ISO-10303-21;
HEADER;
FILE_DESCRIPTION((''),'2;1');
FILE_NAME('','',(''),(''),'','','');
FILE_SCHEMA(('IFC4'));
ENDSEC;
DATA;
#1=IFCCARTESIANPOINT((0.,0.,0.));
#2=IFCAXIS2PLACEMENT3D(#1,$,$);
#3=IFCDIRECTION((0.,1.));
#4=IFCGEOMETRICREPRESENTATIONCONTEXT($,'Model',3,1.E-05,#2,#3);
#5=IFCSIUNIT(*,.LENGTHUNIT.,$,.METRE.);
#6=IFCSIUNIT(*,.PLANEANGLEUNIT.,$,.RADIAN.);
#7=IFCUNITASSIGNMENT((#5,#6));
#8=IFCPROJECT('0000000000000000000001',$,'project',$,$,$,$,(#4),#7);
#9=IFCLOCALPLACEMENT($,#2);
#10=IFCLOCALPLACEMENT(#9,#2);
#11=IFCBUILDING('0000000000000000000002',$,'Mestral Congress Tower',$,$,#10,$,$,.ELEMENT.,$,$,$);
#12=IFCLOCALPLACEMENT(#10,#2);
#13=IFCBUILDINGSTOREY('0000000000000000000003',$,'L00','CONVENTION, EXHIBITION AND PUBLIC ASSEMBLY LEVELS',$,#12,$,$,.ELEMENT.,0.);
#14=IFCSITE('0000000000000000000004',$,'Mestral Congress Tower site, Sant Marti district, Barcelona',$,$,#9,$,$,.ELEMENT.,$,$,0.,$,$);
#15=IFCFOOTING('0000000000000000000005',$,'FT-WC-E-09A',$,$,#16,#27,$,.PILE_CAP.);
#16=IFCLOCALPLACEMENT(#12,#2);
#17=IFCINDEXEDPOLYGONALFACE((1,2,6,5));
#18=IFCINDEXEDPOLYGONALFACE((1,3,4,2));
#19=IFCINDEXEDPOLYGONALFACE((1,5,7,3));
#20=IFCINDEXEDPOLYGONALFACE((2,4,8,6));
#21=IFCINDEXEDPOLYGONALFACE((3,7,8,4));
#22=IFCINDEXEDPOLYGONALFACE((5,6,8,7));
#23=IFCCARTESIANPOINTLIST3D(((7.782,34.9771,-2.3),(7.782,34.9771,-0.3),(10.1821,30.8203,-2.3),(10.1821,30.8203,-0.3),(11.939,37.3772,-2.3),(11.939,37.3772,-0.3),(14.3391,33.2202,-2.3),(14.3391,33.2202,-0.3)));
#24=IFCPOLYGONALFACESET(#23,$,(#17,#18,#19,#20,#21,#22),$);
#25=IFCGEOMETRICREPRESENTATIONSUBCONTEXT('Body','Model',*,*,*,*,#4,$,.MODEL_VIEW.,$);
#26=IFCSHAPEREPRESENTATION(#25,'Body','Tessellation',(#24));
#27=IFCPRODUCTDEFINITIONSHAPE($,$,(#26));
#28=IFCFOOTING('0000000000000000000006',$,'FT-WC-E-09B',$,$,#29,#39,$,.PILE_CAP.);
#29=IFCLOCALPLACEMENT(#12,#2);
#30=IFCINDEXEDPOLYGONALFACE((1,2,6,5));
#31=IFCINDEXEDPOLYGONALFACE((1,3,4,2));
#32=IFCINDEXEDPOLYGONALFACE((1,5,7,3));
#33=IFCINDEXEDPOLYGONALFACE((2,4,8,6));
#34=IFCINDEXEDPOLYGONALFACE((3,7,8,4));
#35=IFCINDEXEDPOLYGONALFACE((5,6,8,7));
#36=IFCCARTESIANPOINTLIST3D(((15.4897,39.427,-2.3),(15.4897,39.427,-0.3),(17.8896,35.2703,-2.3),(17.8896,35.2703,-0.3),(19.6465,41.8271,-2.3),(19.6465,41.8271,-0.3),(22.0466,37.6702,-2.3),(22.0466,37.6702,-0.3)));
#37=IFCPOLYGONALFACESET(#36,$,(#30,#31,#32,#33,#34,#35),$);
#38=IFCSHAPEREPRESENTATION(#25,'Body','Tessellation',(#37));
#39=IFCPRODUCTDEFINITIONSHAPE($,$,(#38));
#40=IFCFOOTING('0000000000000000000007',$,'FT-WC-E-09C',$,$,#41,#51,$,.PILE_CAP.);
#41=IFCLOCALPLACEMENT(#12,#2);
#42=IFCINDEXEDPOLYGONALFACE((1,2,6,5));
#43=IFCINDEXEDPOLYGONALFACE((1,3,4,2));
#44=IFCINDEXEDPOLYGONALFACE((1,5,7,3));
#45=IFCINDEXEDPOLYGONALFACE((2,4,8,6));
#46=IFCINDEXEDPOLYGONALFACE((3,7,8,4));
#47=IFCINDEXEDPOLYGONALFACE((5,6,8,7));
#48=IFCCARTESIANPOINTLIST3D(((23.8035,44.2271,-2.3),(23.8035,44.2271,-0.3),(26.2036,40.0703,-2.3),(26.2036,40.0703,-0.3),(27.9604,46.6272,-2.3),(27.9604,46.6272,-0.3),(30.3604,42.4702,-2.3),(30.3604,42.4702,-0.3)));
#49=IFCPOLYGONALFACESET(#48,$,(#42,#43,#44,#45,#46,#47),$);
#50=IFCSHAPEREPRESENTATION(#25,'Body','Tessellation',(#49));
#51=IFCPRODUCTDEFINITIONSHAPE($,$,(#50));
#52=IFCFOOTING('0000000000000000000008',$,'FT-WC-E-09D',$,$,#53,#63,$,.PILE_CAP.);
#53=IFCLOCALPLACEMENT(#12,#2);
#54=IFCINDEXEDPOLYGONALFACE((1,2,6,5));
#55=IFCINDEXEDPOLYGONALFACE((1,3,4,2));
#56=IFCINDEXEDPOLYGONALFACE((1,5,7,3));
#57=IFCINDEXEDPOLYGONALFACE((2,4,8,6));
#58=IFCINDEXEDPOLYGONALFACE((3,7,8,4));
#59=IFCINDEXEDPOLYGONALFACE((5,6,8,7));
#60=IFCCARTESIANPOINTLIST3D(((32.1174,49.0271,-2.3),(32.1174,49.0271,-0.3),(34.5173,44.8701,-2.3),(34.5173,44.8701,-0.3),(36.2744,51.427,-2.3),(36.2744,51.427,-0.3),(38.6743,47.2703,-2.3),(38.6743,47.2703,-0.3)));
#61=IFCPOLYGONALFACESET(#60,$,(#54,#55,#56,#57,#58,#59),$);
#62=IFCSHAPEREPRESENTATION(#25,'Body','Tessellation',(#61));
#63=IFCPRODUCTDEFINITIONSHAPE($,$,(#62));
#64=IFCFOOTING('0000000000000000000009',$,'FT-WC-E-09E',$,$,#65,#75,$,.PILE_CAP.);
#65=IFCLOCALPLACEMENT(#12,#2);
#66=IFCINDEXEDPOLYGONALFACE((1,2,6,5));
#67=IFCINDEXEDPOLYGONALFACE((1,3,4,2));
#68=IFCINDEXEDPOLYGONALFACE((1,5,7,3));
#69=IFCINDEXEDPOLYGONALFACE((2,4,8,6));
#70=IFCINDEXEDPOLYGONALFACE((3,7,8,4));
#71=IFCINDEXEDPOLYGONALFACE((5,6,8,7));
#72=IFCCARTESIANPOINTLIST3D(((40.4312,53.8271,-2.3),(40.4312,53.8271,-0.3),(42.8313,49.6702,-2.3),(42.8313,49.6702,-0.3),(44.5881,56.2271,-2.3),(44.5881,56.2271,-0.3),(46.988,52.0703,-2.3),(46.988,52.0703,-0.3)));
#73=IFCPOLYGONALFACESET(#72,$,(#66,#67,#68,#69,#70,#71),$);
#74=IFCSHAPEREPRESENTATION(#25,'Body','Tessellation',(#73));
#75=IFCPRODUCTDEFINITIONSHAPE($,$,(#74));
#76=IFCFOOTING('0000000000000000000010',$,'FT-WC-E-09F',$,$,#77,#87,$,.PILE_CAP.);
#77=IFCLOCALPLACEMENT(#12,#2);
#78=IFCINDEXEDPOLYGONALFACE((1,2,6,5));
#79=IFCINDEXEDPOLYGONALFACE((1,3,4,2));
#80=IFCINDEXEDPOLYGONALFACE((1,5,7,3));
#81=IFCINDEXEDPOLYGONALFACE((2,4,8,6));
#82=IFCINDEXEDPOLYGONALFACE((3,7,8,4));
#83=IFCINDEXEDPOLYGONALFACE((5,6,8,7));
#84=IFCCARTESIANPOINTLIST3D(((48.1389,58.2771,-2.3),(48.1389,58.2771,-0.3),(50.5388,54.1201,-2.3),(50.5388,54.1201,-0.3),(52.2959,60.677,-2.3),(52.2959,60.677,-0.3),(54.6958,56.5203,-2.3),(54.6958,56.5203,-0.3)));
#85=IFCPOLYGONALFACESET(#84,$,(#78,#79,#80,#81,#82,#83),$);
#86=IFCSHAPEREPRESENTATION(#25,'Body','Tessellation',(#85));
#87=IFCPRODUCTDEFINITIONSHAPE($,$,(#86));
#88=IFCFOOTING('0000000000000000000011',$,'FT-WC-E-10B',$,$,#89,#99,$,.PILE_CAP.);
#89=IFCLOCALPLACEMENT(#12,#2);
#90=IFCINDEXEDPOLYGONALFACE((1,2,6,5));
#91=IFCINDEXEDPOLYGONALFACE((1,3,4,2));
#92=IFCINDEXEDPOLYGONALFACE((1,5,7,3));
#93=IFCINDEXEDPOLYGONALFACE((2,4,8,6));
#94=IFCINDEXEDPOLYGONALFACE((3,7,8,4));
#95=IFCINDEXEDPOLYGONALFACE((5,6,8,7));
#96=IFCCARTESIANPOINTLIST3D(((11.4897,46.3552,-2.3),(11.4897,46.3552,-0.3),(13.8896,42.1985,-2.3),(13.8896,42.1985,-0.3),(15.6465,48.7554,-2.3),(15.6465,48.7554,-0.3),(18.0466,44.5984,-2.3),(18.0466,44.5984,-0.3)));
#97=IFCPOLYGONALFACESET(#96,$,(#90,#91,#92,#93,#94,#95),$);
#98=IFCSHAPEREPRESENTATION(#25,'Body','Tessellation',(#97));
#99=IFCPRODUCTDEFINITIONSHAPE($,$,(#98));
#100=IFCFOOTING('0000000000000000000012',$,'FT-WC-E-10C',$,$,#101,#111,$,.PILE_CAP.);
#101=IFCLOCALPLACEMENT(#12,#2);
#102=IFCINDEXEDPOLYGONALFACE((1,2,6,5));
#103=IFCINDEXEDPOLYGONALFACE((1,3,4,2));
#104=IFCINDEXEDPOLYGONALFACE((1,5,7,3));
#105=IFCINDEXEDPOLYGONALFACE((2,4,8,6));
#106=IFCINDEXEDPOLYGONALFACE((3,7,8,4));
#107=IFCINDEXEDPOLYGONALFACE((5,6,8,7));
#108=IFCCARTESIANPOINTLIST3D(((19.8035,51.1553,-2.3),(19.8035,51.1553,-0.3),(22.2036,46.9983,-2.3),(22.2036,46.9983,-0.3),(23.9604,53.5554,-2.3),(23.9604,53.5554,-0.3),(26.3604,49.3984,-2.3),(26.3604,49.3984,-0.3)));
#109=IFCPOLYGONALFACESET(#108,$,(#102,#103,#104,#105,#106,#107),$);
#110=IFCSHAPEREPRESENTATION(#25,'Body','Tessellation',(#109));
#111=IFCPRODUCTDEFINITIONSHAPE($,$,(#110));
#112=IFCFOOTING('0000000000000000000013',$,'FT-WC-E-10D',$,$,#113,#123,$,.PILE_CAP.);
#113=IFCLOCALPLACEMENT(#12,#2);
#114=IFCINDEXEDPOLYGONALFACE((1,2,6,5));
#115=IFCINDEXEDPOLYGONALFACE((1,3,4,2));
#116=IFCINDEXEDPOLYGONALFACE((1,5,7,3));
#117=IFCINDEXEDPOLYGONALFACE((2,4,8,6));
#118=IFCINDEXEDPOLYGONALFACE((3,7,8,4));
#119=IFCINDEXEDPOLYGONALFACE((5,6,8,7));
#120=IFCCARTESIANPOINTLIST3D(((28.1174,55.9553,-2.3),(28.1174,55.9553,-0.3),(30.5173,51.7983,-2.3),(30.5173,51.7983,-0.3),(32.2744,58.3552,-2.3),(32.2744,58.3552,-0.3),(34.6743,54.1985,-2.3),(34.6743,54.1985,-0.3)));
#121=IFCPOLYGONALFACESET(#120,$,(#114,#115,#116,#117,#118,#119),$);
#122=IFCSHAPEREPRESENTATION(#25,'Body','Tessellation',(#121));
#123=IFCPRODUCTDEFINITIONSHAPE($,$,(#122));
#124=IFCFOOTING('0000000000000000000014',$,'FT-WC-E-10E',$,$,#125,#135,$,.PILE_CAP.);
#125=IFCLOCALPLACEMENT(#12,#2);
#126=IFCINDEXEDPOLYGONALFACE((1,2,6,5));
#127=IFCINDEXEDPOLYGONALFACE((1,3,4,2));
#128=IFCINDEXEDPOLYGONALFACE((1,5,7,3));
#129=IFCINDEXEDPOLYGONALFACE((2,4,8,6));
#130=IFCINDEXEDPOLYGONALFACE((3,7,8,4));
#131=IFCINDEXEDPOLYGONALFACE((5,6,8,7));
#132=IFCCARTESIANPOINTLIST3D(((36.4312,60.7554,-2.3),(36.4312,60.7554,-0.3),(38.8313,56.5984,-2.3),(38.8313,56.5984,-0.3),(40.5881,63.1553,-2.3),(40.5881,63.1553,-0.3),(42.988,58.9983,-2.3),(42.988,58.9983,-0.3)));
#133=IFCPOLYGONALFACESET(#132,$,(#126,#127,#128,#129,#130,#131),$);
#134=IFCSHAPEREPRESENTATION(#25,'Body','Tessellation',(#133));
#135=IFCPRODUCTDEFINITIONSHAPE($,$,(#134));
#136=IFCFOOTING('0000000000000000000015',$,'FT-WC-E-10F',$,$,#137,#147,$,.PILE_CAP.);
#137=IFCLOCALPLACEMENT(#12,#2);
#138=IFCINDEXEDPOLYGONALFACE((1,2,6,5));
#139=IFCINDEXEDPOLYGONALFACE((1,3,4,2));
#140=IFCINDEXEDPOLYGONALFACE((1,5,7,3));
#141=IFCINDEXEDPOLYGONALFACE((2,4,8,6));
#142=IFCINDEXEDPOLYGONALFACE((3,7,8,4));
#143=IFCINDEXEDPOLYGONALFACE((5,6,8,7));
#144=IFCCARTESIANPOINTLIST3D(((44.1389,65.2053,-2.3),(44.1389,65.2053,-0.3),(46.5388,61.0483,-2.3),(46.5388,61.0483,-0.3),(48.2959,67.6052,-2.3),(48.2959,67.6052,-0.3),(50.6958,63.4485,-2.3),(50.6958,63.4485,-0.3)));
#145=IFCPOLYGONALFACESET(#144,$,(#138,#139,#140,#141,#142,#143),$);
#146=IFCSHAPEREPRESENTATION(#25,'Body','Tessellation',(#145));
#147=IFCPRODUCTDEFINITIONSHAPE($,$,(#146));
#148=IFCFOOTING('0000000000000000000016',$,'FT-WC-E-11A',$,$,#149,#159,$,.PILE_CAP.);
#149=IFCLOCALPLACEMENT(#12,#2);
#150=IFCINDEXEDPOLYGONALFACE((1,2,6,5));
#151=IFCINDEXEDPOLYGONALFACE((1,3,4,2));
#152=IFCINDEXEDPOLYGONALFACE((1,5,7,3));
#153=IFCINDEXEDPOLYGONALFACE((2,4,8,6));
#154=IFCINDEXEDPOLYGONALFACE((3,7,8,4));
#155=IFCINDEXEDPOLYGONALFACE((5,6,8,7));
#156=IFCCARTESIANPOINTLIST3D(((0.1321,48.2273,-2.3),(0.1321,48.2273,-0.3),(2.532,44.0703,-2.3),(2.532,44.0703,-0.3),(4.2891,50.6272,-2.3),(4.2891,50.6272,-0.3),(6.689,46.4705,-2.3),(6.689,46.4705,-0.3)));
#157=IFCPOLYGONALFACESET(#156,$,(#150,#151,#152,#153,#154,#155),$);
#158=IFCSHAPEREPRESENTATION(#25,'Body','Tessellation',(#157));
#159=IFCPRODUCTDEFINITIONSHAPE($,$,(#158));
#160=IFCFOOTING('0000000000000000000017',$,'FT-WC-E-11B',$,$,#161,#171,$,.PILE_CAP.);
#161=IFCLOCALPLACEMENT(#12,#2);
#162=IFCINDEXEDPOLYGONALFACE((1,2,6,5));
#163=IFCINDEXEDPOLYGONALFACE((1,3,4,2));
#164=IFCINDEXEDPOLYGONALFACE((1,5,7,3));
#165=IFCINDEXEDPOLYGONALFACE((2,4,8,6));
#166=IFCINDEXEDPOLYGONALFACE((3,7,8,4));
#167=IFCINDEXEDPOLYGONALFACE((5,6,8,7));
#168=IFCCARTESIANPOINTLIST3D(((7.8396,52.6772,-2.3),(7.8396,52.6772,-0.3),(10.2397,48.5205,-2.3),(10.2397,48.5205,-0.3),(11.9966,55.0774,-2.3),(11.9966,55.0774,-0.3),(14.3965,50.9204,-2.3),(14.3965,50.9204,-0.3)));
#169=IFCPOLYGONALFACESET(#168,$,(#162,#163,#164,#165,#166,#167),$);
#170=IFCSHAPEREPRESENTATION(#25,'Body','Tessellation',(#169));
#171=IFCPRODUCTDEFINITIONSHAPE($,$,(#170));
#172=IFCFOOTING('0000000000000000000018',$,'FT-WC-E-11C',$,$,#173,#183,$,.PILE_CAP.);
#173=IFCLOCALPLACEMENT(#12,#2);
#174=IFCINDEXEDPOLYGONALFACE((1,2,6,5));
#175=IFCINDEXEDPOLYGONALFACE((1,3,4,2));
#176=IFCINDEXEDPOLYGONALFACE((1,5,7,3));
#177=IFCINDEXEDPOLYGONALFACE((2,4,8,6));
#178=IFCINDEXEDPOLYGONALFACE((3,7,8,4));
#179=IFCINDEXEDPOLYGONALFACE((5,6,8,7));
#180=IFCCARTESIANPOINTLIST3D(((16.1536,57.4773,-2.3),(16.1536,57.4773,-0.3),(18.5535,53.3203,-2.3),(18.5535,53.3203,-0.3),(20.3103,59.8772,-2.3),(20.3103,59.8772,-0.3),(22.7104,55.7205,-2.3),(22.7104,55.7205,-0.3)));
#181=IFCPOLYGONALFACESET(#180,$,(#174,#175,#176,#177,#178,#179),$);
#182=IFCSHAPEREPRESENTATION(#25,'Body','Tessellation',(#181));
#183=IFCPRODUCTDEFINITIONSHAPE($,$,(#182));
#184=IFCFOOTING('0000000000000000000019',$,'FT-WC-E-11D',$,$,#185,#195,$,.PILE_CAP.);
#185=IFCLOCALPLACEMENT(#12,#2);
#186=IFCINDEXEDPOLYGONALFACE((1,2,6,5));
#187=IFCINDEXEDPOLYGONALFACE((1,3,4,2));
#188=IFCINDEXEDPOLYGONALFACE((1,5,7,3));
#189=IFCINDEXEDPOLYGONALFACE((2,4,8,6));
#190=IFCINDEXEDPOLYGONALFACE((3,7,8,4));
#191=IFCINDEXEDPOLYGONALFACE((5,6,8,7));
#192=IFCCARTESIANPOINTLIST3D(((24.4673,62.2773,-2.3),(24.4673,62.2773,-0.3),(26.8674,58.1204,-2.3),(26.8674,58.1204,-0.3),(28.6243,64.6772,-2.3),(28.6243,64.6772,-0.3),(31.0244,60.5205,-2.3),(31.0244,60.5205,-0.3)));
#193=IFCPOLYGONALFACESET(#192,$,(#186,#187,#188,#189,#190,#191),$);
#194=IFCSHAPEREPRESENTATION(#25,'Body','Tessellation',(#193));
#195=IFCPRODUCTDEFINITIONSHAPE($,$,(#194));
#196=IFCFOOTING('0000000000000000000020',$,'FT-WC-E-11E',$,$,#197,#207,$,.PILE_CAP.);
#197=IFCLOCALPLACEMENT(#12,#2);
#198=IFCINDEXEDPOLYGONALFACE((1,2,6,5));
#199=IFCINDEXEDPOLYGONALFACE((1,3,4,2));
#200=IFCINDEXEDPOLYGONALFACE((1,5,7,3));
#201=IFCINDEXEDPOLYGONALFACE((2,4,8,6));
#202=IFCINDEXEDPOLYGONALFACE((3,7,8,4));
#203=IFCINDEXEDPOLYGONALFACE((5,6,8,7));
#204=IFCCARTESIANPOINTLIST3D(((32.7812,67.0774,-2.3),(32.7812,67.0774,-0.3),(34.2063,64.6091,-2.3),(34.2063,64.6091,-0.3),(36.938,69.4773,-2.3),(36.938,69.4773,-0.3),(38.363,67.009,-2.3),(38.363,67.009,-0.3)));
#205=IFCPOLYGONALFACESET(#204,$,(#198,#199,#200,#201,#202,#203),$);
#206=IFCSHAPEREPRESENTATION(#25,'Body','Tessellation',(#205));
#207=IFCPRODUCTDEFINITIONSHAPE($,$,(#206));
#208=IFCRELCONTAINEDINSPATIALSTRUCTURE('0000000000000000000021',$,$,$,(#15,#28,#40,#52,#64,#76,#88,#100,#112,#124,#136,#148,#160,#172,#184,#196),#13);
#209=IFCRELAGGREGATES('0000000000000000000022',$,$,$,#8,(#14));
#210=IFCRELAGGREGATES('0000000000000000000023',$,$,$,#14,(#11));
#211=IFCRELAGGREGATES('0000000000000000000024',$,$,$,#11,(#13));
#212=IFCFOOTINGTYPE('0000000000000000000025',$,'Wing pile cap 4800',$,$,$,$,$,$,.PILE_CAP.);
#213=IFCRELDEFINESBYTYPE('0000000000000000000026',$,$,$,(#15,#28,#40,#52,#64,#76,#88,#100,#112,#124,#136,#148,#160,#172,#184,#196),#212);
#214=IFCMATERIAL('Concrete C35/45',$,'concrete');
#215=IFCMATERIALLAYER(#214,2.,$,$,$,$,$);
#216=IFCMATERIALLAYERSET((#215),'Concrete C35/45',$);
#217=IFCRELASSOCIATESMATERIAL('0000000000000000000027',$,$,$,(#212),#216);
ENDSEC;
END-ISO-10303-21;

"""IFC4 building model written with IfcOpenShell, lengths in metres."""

from ifc_helpers import new_model, si_unit, direction, frame, origin, place, context, subcontext, project, spatial, polyline, outline, extrude, material, layer, layer_set, type_object, element, save


model = new_model("IFC4")

# Units and contexts
model_context = context("Model", 3, precision=1e-05, world=origin(), true_north=direction((0.0, 1.0)))
body_context = subcontext(model_context, "Body", "Model", "MODEL_VIEW")
ifc_project = project(units=[si_unit("LENGTHUNIT", "METRE"), si_unit("PLANEANGLEUNIT", "RADIAN")], contexts=[model_context])

# Site, building, storey
site_placement = place(None, origin())
site = spatial("IfcSite", under=ifc_project, at=site_placement, Name="Mestral Congress Tower site, Sant Marti district, Barcelona", CompositionType="ELEMENT", RefElevation=0.0)
building_placement = place(site_placement, origin())
building = spatial("IfcBuilding", under=site, at=building_placement, Name="Mestral Congress Tower", CompositionType="ELEMENT")
storey_placement = place(building_placement, origin())
storey = spatial("IfcBuildingStorey", under=building, at=storey_placement, Name="L00", Description="CONVENTION, EXHIBITION AND PUBLIC ASSEMBLY LEVELS", CompositionType="ELEMENT", Elevation=0.0)

# Footings
ifc_material = material(Name="Concrete C35/45", Category="concrete")
ifc_layer = layer(ifc_material, 2.0)
ifc_layer_set = layer_set([ifc_layer], Name="Concrete C35/45")
footing_type = type_object("IfcFootingType", Name="Wing pile cap 4800", PredefinedType="PILE_CAP", material=ifc_layer_set)
placement = place(storey_placement, frame((0.0, 0.0, -2.3)))
element("IfcFooting", 1, at=placement, inside=storey, type_object=footing_type, Name="FT-WC-E-09A", PredefinedType="PILE_CAP", context=body_context, shape_type="SweptSolid", body=[
    extrude(outline(polyline([(10.1821, 30.8203), (14.3391, 33.2202), (11.939, 37.3772), (7.782, 34.9771), (10.1821, 30.8203)])), origin(), (0.0, 0.0, 1.0), 2.0),
])
element("IfcFooting", 2, at=placement, inside=storey, type_object=footing_type, Name="FT-WC-E-09B", PredefinedType="PILE_CAP", context=body_context, shape_type="SweptSolid", body=[
    extrude(outline(polyline([(17.8896, 35.2703), (22.0466, 37.6702), (19.6465, 41.8271), (15.4897, 39.427), (17.8896, 35.2703)])), origin(), (0.0, 0.0, 1.0), 2.0),
])
element("IfcFooting", 3, at=placement, inside=storey, type_object=footing_type, Name="FT-WC-E-09C", PredefinedType="PILE_CAP", context=body_context, shape_type="SweptSolid", body=[
    extrude(outline(polyline([(26.2036, 40.0703), (30.3604, 42.4702), (27.9604, 46.6272), (23.8035, 44.2271), (26.2036, 40.0703)])), origin(), (0.0, 0.0, 1.0), 2.0),
])
element("IfcFooting", 4, at=placement, inside=storey, type_object=footing_type, Name="FT-WC-E-09D", PredefinedType="PILE_CAP", context=body_context, shape_type="SweptSolid", body=[
    extrude(outline(polyline([(34.5173, 44.8701), (38.6743, 47.2703), (36.2744, 51.427), (32.1174, 49.0271), (34.5173, 44.8701)])), origin(), (0.0, 0.0, 1.0), 2.0),
])
element("IfcFooting", 5, at=placement, inside=storey, type_object=footing_type, Name="FT-WC-E-09E", PredefinedType="PILE_CAP", context=body_context, shape_type="SweptSolid", body=[
    extrude(outline(polyline([(42.8313, 49.6702), (46.988, 52.0703), (44.5881, 56.2271), (40.4312, 53.8271), (42.8313, 49.6702)])), origin(), (0.0, 0.0, 1.0), 2.0),
])
element("IfcFooting", 6, at=placement, inside=storey, type_object=footing_type, Name="FT-WC-E-09F", PredefinedType="PILE_CAP", context=body_context, shape_type="SweptSolid", body=[
    extrude(outline(polyline([(50.5388, 54.1201), (54.6958, 56.5203), (52.2959, 60.677), (48.1389, 58.2771), (50.5388, 54.1201)])), origin(), (0.0, 0.0, 1.0), 2.0),
])
element("IfcFooting", 7, at=placement, inside=storey, type_object=footing_type, Name="FT-WC-E-10B", PredefinedType="PILE_CAP", context=body_context, shape_type="SweptSolid", body=[
    extrude(outline(polyline([(13.8896, 42.1985), (18.0466, 44.5984), (15.6465, 48.7554), (11.4897, 46.3552), (13.8896, 42.1985)])), origin(), (0.0, 0.0, 1.0), 2.0),
])
element("IfcFooting", 8, at=placement, inside=storey, type_object=footing_type, Name="FT-WC-E-10C", PredefinedType="PILE_CAP", context=body_context, shape_type="SweptSolid", body=[
    extrude(outline(polyline([(22.2036, 46.9983), (26.3604, 49.3984), (23.9604, 53.5554), (19.8035, 51.1553), (22.2036, 46.9983)])), origin(), (0.0, 0.0, 1.0), 2.0),
])
element("IfcFooting", 9, at=placement, inside=storey, type_object=footing_type, Name="FT-WC-E-10D", PredefinedType="PILE_CAP", context=body_context, shape_type="SweptSolid", body=[
    extrude(outline(polyline([(30.5173, 51.7983), (34.6743, 54.1985), (32.2744, 58.3552), (28.1174, 55.9553), (30.5173, 51.7983)])), origin(), (0.0, 0.0, 1.0), 2.0),
])
element("IfcFooting", 10, at=placement, inside=storey, type_object=footing_type, Name="FT-WC-E-10E", PredefinedType="PILE_CAP", context=body_context, shape_type="SweptSolid", body=[
    extrude(outline(polyline([(38.8313, 56.5984), (42.988, 58.9983), (40.5881, 63.1553), (36.4312, 60.7554), (38.8313, 56.5984)])), origin(), (0.0, 0.0, 1.0), 2.0),
])
element("IfcFooting", 11, at=placement, inside=storey, type_object=footing_type, Name="FT-WC-E-10F", PredefinedType="PILE_CAP", context=body_context, shape_type="SweptSolid", body=[
    extrude(outline(polyline([(46.5388, 61.0483), (50.6958, 63.4485), (48.2959, 67.6052), (44.1389, 65.2053), (46.5388, 61.0483)])), origin(), (0.0, 0.0, 1.0), 2.0),
])
element("IfcFooting", 12, at=placement, inside=storey, type_object=footing_type, Name="FT-WC-E-11A", PredefinedType="PILE_CAP", context=body_context, shape_type="SweptSolid", body=[
    extrude(outline(polyline([(2.532, 44.0703), (6.689, 46.4705), (4.2891, 50.6272), (0.1321, 48.2273), (2.532, 44.0703)])), origin(), (0.0, 0.0, 1.0), 2.0),
])
element("IfcFooting", 13, at=placement, inside=storey, type_object=footing_type, Name="FT-WC-E-11B", PredefinedType="PILE_CAP", context=body_context, shape_type="SweptSolid", body=[
    extrude(outline(polyline([(10.2397, 48.5205), (14.3965, 50.9204), (11.9966, 55.0774), (7.8396, 52.6772), (10.2397, 48.5205)])), origin(), (0.0, 0.0, 1.0), 2.0),
])
element("IfcFooting", 14, at=placement, inside=storey, type_object=footing_type, Name="FT-WC-E-11C", PredefinedType="PILE_CAP", context=body_context, shape_type="SweptSolid", body=[
    extrude(outline(polyline([(18.5535, 53.3203), (22.7104, 55.7205), (20.3103, 59.8772), (16.1536, 57.4773), (18.5535, 53.3203)])), origin(), (0.0, 0.0, 1.0), 2.0),
])
element("IfcFooting", 15, at=placement, inside=storey, type_object=footing_type, Name="FT-WC-E-11D", PredefinedType="PILE_CAP", context=body_context, shape_type="SweptSolid", body=[
    extrude(outline(polyline([(26.8674, 58.1204), (31.0244, 60.5205), (28.6243, 64.6772), (24.4673, 62.2773), (26.8674, 58.1204)])), origin(), (0.0, 0.0, 1.0), 2.0),
])
element("IfcFooting", 16, at=placement, inside=storey, type_object=footing_type, Name="FT-WC-E-11E", PredefinedType="PILE_CAP", context=body_context, shape_type="SweptSolid", body=[
    extrude(outline(polyline([(34.2063, 64.6091), (38.363, 67.009), (36.938, 69.4773), (32.7812, 67.0774), (34.2063, 64.6091)])), origin(), (0.0, 0.0, 1.0), 2.0),
])

save(model, "model.ifc")
